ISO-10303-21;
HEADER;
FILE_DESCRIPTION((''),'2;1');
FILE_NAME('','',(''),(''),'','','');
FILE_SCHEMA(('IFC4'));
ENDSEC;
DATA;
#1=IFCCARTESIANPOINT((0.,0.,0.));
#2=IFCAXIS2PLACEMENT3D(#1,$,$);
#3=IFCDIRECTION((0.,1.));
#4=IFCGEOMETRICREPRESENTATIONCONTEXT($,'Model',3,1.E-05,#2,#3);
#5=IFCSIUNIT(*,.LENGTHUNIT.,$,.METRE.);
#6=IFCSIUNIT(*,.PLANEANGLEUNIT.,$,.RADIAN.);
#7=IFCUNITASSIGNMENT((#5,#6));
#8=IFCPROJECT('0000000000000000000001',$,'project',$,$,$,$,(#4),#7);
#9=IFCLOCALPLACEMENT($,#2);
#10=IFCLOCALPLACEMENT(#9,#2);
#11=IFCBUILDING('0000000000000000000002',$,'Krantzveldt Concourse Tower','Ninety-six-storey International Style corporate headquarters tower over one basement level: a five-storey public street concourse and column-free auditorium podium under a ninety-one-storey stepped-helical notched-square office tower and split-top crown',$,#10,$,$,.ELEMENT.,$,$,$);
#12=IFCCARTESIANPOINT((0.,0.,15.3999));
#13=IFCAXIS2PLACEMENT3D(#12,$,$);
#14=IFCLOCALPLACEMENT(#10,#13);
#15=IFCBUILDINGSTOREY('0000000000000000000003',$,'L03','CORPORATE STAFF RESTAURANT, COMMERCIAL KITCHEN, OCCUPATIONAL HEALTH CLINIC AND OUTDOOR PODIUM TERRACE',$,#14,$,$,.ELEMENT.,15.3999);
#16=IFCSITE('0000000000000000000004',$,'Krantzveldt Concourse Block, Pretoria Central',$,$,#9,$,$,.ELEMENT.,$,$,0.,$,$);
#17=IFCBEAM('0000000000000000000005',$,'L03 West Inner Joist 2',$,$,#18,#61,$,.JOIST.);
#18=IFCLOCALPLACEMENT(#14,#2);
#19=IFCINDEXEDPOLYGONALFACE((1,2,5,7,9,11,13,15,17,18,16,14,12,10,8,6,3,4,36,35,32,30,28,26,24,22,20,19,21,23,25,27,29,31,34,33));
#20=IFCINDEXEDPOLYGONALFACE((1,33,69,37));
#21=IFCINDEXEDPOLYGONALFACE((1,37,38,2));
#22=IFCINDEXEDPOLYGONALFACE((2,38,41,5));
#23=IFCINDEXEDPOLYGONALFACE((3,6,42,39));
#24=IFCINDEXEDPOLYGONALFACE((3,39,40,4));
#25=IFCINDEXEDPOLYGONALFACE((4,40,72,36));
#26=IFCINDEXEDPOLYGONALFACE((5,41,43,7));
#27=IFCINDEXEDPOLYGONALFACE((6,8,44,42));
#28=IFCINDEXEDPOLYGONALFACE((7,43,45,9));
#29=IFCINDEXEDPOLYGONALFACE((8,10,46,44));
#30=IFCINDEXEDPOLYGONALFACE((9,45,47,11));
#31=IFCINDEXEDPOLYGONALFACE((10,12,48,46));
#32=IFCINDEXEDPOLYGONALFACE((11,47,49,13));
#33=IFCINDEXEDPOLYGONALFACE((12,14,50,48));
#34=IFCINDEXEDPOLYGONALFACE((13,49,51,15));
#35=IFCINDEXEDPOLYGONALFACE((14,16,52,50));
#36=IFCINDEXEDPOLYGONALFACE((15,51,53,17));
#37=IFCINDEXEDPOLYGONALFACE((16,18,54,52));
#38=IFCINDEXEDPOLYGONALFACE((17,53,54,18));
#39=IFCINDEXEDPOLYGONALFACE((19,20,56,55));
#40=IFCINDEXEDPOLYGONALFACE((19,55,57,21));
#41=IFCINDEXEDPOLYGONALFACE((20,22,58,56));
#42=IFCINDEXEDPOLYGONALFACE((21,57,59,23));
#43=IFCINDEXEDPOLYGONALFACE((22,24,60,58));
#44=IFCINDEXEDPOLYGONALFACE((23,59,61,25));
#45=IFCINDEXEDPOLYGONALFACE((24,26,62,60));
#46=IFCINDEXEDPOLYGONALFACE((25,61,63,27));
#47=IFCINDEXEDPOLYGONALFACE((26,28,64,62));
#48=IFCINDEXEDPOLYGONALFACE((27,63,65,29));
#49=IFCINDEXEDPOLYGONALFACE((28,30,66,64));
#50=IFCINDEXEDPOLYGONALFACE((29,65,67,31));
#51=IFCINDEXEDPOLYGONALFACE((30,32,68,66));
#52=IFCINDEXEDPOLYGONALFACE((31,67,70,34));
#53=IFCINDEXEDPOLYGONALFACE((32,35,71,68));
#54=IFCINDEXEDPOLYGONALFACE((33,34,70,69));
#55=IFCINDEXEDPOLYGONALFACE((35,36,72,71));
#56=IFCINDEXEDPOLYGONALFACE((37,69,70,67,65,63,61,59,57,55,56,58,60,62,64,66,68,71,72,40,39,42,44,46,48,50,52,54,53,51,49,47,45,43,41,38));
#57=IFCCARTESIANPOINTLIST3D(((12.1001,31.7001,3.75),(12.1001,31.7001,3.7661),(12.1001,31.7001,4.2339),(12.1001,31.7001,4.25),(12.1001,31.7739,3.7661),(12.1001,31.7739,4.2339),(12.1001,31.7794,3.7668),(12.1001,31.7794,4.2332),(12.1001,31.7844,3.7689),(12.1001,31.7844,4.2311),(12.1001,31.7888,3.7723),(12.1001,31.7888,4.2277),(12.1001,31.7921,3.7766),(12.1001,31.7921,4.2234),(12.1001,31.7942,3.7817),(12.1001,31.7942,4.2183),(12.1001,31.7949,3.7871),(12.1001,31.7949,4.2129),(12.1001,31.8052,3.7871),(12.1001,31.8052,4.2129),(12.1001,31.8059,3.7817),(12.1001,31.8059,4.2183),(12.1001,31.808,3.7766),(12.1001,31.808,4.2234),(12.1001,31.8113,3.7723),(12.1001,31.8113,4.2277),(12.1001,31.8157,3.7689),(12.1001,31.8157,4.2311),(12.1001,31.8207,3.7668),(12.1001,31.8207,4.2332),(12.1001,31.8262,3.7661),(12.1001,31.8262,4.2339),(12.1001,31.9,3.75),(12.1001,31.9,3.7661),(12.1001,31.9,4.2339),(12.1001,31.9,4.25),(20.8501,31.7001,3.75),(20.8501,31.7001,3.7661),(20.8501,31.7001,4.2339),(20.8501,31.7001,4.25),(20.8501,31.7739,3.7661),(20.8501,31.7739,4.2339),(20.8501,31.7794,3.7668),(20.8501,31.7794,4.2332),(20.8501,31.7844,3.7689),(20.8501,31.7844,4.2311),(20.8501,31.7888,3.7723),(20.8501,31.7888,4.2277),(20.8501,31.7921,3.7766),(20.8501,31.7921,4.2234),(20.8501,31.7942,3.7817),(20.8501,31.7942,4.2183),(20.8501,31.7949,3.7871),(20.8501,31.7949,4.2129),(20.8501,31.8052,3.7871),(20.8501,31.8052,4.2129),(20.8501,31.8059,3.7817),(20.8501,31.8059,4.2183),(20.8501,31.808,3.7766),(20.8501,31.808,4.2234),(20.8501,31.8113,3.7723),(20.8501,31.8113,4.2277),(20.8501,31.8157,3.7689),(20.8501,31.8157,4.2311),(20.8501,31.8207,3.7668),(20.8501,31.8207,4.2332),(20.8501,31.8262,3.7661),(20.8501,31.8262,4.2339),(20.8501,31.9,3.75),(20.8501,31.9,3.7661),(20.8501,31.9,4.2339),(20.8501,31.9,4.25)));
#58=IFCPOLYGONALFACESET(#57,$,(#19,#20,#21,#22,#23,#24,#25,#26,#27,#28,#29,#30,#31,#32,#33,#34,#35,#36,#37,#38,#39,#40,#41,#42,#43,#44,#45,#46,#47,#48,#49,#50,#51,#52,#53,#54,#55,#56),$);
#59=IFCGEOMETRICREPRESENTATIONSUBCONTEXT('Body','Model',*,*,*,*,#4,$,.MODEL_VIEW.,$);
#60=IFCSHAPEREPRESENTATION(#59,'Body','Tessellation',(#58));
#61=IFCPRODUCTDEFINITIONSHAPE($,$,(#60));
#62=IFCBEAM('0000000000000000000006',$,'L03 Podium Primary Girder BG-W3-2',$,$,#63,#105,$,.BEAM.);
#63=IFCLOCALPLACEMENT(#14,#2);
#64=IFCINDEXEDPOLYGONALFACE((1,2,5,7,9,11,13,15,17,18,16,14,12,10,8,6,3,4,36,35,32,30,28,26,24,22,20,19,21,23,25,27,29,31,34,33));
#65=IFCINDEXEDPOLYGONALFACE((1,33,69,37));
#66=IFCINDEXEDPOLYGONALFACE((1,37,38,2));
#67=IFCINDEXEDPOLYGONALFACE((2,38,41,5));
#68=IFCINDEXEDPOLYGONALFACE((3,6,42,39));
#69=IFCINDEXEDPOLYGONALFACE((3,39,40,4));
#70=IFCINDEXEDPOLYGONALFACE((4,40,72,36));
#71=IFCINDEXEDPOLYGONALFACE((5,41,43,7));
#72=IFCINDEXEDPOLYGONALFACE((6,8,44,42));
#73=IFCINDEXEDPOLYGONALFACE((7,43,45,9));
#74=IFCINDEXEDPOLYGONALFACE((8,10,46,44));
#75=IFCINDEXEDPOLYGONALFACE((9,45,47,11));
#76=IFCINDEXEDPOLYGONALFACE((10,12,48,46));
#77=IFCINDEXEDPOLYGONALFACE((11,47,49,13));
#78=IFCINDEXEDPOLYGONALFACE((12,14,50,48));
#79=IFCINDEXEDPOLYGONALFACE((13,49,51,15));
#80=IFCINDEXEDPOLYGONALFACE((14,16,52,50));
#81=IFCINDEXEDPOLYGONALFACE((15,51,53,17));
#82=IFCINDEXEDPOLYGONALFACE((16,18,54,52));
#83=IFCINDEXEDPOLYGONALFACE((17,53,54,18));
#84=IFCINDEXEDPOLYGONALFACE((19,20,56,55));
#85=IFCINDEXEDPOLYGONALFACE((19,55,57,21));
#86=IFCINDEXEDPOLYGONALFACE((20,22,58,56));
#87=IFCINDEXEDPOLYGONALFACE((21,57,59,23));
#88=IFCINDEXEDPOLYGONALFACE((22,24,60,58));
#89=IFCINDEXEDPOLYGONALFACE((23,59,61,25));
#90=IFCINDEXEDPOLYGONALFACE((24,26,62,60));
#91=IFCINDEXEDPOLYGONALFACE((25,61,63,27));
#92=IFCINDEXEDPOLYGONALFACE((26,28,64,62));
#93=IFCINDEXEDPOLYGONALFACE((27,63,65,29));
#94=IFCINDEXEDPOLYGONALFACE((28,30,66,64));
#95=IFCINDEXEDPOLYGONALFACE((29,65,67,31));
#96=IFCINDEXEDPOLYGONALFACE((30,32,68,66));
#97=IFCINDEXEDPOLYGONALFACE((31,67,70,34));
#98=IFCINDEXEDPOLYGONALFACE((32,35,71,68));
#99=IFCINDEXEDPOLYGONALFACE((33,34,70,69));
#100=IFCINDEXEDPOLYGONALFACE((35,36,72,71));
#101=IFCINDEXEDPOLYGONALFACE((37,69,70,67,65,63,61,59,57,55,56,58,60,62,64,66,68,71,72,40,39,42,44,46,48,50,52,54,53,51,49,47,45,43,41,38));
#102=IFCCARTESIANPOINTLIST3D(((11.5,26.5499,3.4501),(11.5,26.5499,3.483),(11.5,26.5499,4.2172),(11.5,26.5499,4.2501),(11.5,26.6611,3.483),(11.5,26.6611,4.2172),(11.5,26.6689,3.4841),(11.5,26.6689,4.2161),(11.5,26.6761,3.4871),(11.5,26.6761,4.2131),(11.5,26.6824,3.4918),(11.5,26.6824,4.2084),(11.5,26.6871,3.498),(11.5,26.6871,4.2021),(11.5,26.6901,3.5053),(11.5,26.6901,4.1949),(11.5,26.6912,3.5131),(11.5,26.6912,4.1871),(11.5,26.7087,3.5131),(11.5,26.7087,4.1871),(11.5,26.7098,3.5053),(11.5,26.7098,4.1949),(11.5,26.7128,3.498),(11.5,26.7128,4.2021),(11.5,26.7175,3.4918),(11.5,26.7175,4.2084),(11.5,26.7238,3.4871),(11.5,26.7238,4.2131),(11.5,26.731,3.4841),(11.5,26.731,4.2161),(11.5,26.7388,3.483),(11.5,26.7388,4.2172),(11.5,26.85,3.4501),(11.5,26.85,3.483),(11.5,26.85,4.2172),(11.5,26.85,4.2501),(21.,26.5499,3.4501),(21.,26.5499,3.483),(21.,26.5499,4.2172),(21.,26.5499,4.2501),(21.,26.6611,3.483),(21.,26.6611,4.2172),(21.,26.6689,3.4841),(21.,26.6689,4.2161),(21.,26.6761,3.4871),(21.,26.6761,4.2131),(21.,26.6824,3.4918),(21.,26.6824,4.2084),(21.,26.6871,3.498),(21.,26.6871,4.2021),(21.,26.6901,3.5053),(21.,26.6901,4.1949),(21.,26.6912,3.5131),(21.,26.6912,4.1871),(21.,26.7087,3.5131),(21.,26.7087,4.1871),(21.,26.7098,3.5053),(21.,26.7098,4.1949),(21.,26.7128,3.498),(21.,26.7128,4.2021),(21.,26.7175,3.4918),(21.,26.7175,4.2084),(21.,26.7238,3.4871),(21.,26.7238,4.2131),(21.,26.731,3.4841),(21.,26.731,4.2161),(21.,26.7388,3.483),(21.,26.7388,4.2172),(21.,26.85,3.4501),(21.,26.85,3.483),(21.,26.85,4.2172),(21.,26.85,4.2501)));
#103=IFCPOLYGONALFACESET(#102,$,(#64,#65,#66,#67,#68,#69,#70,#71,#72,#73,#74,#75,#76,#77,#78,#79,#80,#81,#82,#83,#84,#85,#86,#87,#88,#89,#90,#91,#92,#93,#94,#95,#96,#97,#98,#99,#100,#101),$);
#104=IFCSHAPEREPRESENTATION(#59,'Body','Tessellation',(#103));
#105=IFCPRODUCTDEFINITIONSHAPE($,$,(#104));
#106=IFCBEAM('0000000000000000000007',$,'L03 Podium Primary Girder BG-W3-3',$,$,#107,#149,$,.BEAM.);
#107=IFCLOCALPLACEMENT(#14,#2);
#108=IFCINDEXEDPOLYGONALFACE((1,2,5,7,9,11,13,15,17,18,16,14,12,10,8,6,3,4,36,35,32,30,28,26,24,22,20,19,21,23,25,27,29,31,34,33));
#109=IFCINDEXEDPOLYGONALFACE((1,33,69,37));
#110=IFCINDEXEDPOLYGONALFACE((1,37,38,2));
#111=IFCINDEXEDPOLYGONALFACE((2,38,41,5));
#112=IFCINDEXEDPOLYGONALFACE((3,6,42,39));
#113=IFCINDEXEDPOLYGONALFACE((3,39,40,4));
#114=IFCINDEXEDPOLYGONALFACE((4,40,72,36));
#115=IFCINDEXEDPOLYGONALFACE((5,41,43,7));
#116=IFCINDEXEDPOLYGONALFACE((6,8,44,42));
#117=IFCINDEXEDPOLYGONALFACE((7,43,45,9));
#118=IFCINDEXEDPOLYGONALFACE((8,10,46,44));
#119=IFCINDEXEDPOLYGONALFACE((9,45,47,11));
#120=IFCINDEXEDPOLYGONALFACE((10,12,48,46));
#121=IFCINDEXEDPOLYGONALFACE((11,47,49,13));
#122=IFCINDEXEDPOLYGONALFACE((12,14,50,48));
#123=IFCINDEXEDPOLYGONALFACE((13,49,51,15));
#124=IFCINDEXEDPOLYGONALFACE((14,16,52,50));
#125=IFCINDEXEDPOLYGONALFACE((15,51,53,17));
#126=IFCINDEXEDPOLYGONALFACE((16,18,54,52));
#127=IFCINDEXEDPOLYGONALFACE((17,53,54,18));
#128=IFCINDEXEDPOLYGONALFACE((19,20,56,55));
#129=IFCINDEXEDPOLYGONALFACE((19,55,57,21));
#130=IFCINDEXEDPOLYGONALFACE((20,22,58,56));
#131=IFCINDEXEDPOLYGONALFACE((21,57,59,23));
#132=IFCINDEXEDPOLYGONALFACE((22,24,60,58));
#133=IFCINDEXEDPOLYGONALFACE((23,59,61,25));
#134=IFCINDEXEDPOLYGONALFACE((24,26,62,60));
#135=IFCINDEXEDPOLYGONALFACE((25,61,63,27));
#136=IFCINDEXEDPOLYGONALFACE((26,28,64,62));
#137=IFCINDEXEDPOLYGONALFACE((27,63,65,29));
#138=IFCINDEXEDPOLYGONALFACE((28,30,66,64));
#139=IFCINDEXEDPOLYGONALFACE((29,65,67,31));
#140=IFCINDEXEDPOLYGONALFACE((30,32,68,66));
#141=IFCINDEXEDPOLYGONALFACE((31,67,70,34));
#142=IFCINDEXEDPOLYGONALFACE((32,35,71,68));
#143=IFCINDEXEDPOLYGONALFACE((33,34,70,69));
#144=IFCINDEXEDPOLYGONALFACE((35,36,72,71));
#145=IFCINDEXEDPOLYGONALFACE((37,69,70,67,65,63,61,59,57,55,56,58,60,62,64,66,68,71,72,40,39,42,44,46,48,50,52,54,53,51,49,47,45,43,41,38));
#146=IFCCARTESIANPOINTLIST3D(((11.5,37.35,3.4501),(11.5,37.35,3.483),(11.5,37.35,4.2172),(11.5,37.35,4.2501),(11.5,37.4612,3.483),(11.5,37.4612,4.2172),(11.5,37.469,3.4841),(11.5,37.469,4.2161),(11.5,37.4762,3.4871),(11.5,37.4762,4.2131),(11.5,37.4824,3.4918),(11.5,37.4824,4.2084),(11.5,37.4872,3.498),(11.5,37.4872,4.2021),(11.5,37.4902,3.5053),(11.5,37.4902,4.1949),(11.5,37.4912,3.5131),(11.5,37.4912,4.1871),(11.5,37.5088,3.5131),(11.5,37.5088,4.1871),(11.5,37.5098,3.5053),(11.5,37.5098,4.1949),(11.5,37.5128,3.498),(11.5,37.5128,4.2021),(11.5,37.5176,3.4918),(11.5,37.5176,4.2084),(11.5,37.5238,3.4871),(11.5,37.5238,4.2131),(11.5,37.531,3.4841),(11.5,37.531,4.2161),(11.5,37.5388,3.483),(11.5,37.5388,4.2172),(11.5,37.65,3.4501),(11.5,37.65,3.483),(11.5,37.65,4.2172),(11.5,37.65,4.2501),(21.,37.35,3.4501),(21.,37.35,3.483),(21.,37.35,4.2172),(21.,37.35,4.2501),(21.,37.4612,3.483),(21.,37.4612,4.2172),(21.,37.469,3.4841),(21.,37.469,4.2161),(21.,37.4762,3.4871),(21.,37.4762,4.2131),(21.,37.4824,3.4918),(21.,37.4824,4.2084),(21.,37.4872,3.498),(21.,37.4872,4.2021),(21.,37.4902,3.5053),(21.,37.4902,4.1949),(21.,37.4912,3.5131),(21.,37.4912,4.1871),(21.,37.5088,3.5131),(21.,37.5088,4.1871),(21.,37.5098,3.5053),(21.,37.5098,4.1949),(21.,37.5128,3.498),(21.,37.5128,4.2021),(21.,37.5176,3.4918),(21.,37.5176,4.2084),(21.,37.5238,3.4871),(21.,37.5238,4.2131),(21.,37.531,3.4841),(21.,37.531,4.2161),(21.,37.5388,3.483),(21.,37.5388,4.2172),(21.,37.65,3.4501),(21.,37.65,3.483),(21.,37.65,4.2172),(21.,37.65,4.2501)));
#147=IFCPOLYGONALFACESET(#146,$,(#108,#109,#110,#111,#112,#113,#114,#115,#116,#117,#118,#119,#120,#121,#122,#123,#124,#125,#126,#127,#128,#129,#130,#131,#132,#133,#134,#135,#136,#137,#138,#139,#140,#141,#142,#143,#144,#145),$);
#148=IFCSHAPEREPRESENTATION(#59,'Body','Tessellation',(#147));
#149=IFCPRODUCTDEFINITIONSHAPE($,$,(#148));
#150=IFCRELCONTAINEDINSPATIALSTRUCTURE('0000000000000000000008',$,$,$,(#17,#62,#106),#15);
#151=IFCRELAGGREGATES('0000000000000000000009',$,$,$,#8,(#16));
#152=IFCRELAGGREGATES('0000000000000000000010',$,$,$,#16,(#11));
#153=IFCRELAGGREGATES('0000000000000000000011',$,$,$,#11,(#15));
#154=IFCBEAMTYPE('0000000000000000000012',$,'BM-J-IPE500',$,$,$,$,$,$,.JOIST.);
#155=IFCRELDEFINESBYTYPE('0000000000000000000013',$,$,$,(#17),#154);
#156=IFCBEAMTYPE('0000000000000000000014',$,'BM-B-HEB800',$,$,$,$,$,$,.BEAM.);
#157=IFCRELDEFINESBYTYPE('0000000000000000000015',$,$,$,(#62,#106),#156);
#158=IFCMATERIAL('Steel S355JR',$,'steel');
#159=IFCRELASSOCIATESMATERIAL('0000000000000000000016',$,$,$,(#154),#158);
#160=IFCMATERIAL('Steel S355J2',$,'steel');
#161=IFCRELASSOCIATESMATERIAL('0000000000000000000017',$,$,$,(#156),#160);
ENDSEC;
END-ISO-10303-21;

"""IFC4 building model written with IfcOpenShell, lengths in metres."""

from ifc_helpers import new_model, si_unit, direction, frame, origin, origin_2d, place, context, subcontext, project, spatial, i_section, extrude, source, transform, mapped, material, material_profile, profile_set, type_object, type_shapes, element, save


model = new_model("IFC4")

# Units and contexts
model_context = context("Model", 3, precision=1e-05, world=origin(), true_north=direction((0.0, 1.0)))
body_context = subcontext(model_context, "Body", "Model", "MODEL_VIEW")
ifc_project = project(units=[si_unit("LENGTHUNIT", "METRE"), si_unit("PLANEANGLEUNIT", "RADIAN")], contexts=[model_context])

# Site, building, storey
site_placement = place(None, origin())
site = spatial("IfcSite", under=ifc_project, at=site_placement, Name="Krantzveldt Concourse Block, Pretoria Central", CompositionType="ELEMENT", RefElevation=0.0)
building_placement = place(site_placement, origin())
building = spatial("IfcBuilding", under=site, at=building_placement, Name="Krantzveldt Concourse Tower", Description="Ninety-six-storey International Style corporate headquarters tower over one basement level: a five-storey public street concourse and column-free auditorium podium under a ninety-one-storey stepped-helical notched-square office tower and split-top crown", CompositionType="ELEMENT")
storey_placement = place(building_placement, frame((0.0, 0.0, 15.3999)))
storey = spatial("IfcBuildingStorey", under=building, at=storey_placement, Name="L03", Description="CORPORATE STAFF RESTAURANT, COMMERCIAL KITCHEN, OCCUPATIONAL HEALTH CLINIC AND OUTDOOR PODIUM TERRACE", CompositionType="ELEMENT", Elevation=15.3999)

# Beams
ifc_material_1 = material(Name="Steel S355JR", Category="steel")
ifc_material_profile_1 = material_profile(ifc_material_1, i_section(OverallWidth=0.2, OverallDepth=0.5, WebThickness=0.0103, FlangeThickness=0.0161, FilletRadius=0.021, at=origin_2d()), Name="Steel S355JR", Category="steel")
ifc_profile_set_1 = profile_set([ifc_material_profile_1], Name="Steel S355JR - IPE 500")
beam_type_1 = type_object("IfcBeamType", Name="BM-J-IPE500", PredefinedType="JOIST", material=ifc_profile_set_1)
shared_shape_1 = source(origin(), body_context, "Body", "SweptSolid", [
    extrude(i_section(OverallWidth=0.2, OverallDepth=0.5, WebThickness=0.0103, FlangeThickness=0.0161, FilletRadius=0.021, at=origin_2d()), origin(), (0.0, 0.0, 1.0), 8.75),
])
beam_1_placement = place(storey_placement, frame((12.1001, 31.8, 4.0), z_axis=(1.0, 0.0, 0.0), x_axis=(0.0, 1.0, 0.0)))
element("IfcBeam", 1, at=beam_1_placement, inside=storey, type_object=beam_type_1, Name="L03 West Inner Joist 2", PredefinedType="JOIST", context=body_context, shape_type="MappedRepresentation", body=[
    mapped(shared_shape_1, transform((0.0, 0.0, 0.0), x_axis=(1.0, 0.0, 0.0), y_axis=(0.0, 1.0, 0.0), z_axis=(0.0, 0.0, 1.0), scale=1.0)),
])
ifc_material_2 = material(Name="Steel S355J2", Category="steel")
ifc_material_profile_2 = material_profile(ifc_material_2, i_section(OverallWidth=0.3, OverallDepth=0.8, WebThickness=0.0176, FlangeThickness=0.033, FilletRadius=0.03, at=origin_2d()), Name="Steel S355J2", Category="steel")
ifc_profile_set_2 = profile_set([ifc_material_profile_2], Name="Steel S355J2 - HEB 800")
beam_type_2 = type_object("IfcBeamType", Name="BM-B-HEB800", PredefinedType="BEAM", material=ifc_profile_set_2)
shared_shape_2 = source(origin(), body_context, "Body", "SweptSolid", [
    extrude(i_section(OverallWidth=0.3, OverallDepth=0.8, WebThickness=0.0176, FlangeThickness=0.033, FilletRadius=0.03, at=origin_2d()), origin(), (0.0, 0.0, 1.0), 9.5),
])
type_shapes(beam_type_2, [shared_shape_2])
for number, where, z_axis, x_axis, name in (
    (2, (11.5, 26.7, 3.8501), (1.0, 0.0, 0.0), (0.0, 1.0, 0.0), "L03 Podium Primary Girder BG-W3-2"),
    (3, (11.5, 37.5, 3.8501), (1.0, 0.0, 0.0), (0.0, 1.0, 0.0), "L03 Podium Primary Girder BG-W3-3"),
):
    element("IfcBeam", number, at=place(storey_placement, frame(where, z_axis=z_axis, x_axis=x_axis)), inside=storey, type_object=beam_type_2, Name=name, PredefinedType="BEAM", context=body_context, shape_type="MappedRepresentation", body=[
        mapped(shared_shape_2, transform((0.0, 0.0, 0.0), x_axis=(1.0, 0.0, 0.0), y_axis=(0.0, 1.0, 0.0), z_axis=(0.0, 0.0, 1.0), scale=1.0)),
    ])

save(model, "model.ifc")
